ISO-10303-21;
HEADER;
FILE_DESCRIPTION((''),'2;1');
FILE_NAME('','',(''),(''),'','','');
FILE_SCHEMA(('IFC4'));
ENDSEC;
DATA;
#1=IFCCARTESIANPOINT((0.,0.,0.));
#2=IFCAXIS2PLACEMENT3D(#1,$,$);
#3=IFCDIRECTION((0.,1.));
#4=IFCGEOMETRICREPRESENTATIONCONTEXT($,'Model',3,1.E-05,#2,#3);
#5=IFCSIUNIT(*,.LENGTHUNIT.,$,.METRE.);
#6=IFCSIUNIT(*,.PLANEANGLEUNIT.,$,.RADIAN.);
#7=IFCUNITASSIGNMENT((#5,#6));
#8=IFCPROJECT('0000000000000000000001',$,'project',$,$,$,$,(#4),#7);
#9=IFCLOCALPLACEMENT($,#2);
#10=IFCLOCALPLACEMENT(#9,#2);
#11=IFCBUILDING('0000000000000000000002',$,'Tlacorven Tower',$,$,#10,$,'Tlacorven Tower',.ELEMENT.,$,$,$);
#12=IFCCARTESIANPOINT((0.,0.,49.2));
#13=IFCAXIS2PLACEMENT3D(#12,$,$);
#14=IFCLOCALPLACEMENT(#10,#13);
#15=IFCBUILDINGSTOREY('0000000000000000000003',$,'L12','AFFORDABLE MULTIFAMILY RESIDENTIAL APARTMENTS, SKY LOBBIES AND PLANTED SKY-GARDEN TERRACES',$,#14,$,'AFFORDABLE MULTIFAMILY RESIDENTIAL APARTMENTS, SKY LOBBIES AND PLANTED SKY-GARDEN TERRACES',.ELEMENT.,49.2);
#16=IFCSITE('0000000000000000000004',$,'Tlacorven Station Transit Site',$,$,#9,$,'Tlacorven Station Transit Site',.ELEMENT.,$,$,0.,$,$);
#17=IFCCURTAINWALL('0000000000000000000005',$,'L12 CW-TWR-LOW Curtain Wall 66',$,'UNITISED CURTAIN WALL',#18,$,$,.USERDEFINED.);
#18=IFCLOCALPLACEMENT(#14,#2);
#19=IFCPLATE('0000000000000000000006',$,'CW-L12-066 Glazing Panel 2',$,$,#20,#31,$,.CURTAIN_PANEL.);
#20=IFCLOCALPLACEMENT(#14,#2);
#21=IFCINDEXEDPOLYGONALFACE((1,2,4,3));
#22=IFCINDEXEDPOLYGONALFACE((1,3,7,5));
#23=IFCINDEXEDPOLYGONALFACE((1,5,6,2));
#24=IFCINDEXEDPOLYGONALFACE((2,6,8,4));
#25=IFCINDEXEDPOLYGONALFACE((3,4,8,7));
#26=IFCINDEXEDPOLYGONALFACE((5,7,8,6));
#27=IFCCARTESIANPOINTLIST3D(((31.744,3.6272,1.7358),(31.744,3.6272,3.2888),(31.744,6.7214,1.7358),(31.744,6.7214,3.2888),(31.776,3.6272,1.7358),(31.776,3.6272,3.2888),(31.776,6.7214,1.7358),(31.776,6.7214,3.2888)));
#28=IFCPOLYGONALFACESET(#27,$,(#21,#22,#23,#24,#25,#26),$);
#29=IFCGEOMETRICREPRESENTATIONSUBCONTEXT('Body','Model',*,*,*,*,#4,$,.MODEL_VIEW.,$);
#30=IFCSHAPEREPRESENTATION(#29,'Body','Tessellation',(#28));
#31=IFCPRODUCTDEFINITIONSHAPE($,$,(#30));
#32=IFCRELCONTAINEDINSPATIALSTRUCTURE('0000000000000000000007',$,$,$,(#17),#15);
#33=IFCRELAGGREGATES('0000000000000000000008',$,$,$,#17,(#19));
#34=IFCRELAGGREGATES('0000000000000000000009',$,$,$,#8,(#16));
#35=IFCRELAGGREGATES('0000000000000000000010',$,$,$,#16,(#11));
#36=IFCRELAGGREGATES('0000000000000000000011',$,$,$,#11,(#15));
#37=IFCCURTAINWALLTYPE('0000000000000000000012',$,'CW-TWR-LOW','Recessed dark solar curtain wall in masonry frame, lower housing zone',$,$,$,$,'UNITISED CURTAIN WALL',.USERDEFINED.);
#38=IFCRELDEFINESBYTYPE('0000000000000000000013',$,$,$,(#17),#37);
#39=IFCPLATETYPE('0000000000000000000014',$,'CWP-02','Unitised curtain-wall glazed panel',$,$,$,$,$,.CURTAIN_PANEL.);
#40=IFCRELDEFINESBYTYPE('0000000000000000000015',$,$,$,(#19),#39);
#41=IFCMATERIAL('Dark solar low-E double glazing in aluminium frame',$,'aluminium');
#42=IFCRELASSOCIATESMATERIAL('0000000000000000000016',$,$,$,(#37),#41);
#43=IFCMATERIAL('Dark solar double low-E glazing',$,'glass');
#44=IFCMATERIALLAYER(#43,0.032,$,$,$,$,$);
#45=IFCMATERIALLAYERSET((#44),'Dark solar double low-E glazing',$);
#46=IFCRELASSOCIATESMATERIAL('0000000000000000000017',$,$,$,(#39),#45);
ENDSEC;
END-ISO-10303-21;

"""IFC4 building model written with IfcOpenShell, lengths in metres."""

from ifc_helpers import new_model, si_unit, direction, frame, origin, origin_2d, place, context, subcontext, project, spatial, rectangle, extrude, source, transform, mapped, material, layer, layer_set, type_object, element, aggregate, save


model = new_model("IFC4")

# Units and contexts
model_context = context("Model", 3, precision=1e-05, world=origin(), true_north=direction((0.0, 1.0)))
body_context = subcontext(model_context, "Body", "Model", "MODEL_VIEW")
ifc_project = project(units=[si_unit("LENGTHUNIT", "METRE"), si_unit("PLANEANGLEUNIT", "RADIAN")], contexts=[model_context])

# Site, building, storey
site_placement = place(None, origin())
site = spatial("IfcSite", under=ifc_project, at=site_placement, Name="Tlacorven Station Transit Site", LongName="Tlacorven Station Transit Site", CompositionType="ELEMENT", RefElevation=0.0)
building_placement = place(site_placement, origin())
building = spatial("IfcBuilding", under=site, at=building_placement, Name="Tlacorven Tower", LongName="Tlacorven Tower", CompositionType="ELEMENT")
storey_placement = place(building_placement, frame((0.0, 0.0, 49.2)))
storey = spatial("IfcBuildingStorey", under=building, at=storey_placement, Name="L12", Description="AFFORDABLE MULTIFAMILY RESIDENTIAL APARTMENTS, SKY LOBBIES AND PLANTED SKY-GARDEN TERRACES", LongName="AFFORDABLE MULTIFAMILY RESIDENTIAL APARTMENTS, SKY LOBBIES AND PLANTED SKY-GARDEN TERRACES", CompositionType="ELEMENT", Elevation=49.2)

# Shared definitions
ifc_material_1 = material(Name="Dark solar low-E double glazing in aluminium frame", Category="aluminium")
curtain_wall_type = type_object("IfcCurtainWallType", Name="CW-TWR-LOW", Description="Recessed dark solar curtain wall in masonry frame, lower housing zone", ElementType="UNITISED CURTAIN WALL", PredefinedType="USERDEFINED", material=ifc_material_1)

# Curtain wall
curtain_wall_1_placement = place(storey_placement, origin())
curtain_wall_1 = element("IfcCurtainWall", 1, at=curtain_wall_1_placement, inside=storey, type_object=curtain_wall_type, Name="L12 CW-TWR-LOW Curtain Wall 66", ObjectType="UNITISED CURTAIN WALL", PredefinedType="USERDEFINED")

# Plate
ifc_material_2 = material(Name="Dark solar double low-E glazing", Category="glass")
ifc_layer = layer(ifc_material_2, 0.032)
ifc_layer_set = layer_set([ifc_layer], Name="Dark solar double low-E glazing")
plate_type = type_object("IfcPlateType", Name="CWP-02", Description="Unitised curtain-wall glazed panel", PredefinedType="CURTAIN_PANEL", material=ifc_layer_set)
shared_shape_1 = source(origin(), body_context, "Body", "SweptSolid", [
    extrude(rectangle(XDim=3.0942, YDim=0.032, at=origin_2d()), origin(), (0.0, 0.0, 1.0), 1.553),
])
plate_1_placement = place(storey_placement, frame((31.76, 5.1743, 1.7358), z_axis=(0.0, 0.0, 1.0), x_axis=(0.0, 1.0, 0.0)))
plate_1 = element("IfcPlate", 2, at=plate_1_placement, type_object=plate_type, Name="CW-L12-066 Glazing Panel 2", PredefinedType="CURTAIN_PANEL", context=body_context, shape_type="MappedRepresentation", body=[
    mapped(shared_shape_1, transform((0.0, 0.0, 0.0), scale=1.0)),
])
aggregate(curtain_wall_1, [plate_1])

save(model, "model.ifc")
